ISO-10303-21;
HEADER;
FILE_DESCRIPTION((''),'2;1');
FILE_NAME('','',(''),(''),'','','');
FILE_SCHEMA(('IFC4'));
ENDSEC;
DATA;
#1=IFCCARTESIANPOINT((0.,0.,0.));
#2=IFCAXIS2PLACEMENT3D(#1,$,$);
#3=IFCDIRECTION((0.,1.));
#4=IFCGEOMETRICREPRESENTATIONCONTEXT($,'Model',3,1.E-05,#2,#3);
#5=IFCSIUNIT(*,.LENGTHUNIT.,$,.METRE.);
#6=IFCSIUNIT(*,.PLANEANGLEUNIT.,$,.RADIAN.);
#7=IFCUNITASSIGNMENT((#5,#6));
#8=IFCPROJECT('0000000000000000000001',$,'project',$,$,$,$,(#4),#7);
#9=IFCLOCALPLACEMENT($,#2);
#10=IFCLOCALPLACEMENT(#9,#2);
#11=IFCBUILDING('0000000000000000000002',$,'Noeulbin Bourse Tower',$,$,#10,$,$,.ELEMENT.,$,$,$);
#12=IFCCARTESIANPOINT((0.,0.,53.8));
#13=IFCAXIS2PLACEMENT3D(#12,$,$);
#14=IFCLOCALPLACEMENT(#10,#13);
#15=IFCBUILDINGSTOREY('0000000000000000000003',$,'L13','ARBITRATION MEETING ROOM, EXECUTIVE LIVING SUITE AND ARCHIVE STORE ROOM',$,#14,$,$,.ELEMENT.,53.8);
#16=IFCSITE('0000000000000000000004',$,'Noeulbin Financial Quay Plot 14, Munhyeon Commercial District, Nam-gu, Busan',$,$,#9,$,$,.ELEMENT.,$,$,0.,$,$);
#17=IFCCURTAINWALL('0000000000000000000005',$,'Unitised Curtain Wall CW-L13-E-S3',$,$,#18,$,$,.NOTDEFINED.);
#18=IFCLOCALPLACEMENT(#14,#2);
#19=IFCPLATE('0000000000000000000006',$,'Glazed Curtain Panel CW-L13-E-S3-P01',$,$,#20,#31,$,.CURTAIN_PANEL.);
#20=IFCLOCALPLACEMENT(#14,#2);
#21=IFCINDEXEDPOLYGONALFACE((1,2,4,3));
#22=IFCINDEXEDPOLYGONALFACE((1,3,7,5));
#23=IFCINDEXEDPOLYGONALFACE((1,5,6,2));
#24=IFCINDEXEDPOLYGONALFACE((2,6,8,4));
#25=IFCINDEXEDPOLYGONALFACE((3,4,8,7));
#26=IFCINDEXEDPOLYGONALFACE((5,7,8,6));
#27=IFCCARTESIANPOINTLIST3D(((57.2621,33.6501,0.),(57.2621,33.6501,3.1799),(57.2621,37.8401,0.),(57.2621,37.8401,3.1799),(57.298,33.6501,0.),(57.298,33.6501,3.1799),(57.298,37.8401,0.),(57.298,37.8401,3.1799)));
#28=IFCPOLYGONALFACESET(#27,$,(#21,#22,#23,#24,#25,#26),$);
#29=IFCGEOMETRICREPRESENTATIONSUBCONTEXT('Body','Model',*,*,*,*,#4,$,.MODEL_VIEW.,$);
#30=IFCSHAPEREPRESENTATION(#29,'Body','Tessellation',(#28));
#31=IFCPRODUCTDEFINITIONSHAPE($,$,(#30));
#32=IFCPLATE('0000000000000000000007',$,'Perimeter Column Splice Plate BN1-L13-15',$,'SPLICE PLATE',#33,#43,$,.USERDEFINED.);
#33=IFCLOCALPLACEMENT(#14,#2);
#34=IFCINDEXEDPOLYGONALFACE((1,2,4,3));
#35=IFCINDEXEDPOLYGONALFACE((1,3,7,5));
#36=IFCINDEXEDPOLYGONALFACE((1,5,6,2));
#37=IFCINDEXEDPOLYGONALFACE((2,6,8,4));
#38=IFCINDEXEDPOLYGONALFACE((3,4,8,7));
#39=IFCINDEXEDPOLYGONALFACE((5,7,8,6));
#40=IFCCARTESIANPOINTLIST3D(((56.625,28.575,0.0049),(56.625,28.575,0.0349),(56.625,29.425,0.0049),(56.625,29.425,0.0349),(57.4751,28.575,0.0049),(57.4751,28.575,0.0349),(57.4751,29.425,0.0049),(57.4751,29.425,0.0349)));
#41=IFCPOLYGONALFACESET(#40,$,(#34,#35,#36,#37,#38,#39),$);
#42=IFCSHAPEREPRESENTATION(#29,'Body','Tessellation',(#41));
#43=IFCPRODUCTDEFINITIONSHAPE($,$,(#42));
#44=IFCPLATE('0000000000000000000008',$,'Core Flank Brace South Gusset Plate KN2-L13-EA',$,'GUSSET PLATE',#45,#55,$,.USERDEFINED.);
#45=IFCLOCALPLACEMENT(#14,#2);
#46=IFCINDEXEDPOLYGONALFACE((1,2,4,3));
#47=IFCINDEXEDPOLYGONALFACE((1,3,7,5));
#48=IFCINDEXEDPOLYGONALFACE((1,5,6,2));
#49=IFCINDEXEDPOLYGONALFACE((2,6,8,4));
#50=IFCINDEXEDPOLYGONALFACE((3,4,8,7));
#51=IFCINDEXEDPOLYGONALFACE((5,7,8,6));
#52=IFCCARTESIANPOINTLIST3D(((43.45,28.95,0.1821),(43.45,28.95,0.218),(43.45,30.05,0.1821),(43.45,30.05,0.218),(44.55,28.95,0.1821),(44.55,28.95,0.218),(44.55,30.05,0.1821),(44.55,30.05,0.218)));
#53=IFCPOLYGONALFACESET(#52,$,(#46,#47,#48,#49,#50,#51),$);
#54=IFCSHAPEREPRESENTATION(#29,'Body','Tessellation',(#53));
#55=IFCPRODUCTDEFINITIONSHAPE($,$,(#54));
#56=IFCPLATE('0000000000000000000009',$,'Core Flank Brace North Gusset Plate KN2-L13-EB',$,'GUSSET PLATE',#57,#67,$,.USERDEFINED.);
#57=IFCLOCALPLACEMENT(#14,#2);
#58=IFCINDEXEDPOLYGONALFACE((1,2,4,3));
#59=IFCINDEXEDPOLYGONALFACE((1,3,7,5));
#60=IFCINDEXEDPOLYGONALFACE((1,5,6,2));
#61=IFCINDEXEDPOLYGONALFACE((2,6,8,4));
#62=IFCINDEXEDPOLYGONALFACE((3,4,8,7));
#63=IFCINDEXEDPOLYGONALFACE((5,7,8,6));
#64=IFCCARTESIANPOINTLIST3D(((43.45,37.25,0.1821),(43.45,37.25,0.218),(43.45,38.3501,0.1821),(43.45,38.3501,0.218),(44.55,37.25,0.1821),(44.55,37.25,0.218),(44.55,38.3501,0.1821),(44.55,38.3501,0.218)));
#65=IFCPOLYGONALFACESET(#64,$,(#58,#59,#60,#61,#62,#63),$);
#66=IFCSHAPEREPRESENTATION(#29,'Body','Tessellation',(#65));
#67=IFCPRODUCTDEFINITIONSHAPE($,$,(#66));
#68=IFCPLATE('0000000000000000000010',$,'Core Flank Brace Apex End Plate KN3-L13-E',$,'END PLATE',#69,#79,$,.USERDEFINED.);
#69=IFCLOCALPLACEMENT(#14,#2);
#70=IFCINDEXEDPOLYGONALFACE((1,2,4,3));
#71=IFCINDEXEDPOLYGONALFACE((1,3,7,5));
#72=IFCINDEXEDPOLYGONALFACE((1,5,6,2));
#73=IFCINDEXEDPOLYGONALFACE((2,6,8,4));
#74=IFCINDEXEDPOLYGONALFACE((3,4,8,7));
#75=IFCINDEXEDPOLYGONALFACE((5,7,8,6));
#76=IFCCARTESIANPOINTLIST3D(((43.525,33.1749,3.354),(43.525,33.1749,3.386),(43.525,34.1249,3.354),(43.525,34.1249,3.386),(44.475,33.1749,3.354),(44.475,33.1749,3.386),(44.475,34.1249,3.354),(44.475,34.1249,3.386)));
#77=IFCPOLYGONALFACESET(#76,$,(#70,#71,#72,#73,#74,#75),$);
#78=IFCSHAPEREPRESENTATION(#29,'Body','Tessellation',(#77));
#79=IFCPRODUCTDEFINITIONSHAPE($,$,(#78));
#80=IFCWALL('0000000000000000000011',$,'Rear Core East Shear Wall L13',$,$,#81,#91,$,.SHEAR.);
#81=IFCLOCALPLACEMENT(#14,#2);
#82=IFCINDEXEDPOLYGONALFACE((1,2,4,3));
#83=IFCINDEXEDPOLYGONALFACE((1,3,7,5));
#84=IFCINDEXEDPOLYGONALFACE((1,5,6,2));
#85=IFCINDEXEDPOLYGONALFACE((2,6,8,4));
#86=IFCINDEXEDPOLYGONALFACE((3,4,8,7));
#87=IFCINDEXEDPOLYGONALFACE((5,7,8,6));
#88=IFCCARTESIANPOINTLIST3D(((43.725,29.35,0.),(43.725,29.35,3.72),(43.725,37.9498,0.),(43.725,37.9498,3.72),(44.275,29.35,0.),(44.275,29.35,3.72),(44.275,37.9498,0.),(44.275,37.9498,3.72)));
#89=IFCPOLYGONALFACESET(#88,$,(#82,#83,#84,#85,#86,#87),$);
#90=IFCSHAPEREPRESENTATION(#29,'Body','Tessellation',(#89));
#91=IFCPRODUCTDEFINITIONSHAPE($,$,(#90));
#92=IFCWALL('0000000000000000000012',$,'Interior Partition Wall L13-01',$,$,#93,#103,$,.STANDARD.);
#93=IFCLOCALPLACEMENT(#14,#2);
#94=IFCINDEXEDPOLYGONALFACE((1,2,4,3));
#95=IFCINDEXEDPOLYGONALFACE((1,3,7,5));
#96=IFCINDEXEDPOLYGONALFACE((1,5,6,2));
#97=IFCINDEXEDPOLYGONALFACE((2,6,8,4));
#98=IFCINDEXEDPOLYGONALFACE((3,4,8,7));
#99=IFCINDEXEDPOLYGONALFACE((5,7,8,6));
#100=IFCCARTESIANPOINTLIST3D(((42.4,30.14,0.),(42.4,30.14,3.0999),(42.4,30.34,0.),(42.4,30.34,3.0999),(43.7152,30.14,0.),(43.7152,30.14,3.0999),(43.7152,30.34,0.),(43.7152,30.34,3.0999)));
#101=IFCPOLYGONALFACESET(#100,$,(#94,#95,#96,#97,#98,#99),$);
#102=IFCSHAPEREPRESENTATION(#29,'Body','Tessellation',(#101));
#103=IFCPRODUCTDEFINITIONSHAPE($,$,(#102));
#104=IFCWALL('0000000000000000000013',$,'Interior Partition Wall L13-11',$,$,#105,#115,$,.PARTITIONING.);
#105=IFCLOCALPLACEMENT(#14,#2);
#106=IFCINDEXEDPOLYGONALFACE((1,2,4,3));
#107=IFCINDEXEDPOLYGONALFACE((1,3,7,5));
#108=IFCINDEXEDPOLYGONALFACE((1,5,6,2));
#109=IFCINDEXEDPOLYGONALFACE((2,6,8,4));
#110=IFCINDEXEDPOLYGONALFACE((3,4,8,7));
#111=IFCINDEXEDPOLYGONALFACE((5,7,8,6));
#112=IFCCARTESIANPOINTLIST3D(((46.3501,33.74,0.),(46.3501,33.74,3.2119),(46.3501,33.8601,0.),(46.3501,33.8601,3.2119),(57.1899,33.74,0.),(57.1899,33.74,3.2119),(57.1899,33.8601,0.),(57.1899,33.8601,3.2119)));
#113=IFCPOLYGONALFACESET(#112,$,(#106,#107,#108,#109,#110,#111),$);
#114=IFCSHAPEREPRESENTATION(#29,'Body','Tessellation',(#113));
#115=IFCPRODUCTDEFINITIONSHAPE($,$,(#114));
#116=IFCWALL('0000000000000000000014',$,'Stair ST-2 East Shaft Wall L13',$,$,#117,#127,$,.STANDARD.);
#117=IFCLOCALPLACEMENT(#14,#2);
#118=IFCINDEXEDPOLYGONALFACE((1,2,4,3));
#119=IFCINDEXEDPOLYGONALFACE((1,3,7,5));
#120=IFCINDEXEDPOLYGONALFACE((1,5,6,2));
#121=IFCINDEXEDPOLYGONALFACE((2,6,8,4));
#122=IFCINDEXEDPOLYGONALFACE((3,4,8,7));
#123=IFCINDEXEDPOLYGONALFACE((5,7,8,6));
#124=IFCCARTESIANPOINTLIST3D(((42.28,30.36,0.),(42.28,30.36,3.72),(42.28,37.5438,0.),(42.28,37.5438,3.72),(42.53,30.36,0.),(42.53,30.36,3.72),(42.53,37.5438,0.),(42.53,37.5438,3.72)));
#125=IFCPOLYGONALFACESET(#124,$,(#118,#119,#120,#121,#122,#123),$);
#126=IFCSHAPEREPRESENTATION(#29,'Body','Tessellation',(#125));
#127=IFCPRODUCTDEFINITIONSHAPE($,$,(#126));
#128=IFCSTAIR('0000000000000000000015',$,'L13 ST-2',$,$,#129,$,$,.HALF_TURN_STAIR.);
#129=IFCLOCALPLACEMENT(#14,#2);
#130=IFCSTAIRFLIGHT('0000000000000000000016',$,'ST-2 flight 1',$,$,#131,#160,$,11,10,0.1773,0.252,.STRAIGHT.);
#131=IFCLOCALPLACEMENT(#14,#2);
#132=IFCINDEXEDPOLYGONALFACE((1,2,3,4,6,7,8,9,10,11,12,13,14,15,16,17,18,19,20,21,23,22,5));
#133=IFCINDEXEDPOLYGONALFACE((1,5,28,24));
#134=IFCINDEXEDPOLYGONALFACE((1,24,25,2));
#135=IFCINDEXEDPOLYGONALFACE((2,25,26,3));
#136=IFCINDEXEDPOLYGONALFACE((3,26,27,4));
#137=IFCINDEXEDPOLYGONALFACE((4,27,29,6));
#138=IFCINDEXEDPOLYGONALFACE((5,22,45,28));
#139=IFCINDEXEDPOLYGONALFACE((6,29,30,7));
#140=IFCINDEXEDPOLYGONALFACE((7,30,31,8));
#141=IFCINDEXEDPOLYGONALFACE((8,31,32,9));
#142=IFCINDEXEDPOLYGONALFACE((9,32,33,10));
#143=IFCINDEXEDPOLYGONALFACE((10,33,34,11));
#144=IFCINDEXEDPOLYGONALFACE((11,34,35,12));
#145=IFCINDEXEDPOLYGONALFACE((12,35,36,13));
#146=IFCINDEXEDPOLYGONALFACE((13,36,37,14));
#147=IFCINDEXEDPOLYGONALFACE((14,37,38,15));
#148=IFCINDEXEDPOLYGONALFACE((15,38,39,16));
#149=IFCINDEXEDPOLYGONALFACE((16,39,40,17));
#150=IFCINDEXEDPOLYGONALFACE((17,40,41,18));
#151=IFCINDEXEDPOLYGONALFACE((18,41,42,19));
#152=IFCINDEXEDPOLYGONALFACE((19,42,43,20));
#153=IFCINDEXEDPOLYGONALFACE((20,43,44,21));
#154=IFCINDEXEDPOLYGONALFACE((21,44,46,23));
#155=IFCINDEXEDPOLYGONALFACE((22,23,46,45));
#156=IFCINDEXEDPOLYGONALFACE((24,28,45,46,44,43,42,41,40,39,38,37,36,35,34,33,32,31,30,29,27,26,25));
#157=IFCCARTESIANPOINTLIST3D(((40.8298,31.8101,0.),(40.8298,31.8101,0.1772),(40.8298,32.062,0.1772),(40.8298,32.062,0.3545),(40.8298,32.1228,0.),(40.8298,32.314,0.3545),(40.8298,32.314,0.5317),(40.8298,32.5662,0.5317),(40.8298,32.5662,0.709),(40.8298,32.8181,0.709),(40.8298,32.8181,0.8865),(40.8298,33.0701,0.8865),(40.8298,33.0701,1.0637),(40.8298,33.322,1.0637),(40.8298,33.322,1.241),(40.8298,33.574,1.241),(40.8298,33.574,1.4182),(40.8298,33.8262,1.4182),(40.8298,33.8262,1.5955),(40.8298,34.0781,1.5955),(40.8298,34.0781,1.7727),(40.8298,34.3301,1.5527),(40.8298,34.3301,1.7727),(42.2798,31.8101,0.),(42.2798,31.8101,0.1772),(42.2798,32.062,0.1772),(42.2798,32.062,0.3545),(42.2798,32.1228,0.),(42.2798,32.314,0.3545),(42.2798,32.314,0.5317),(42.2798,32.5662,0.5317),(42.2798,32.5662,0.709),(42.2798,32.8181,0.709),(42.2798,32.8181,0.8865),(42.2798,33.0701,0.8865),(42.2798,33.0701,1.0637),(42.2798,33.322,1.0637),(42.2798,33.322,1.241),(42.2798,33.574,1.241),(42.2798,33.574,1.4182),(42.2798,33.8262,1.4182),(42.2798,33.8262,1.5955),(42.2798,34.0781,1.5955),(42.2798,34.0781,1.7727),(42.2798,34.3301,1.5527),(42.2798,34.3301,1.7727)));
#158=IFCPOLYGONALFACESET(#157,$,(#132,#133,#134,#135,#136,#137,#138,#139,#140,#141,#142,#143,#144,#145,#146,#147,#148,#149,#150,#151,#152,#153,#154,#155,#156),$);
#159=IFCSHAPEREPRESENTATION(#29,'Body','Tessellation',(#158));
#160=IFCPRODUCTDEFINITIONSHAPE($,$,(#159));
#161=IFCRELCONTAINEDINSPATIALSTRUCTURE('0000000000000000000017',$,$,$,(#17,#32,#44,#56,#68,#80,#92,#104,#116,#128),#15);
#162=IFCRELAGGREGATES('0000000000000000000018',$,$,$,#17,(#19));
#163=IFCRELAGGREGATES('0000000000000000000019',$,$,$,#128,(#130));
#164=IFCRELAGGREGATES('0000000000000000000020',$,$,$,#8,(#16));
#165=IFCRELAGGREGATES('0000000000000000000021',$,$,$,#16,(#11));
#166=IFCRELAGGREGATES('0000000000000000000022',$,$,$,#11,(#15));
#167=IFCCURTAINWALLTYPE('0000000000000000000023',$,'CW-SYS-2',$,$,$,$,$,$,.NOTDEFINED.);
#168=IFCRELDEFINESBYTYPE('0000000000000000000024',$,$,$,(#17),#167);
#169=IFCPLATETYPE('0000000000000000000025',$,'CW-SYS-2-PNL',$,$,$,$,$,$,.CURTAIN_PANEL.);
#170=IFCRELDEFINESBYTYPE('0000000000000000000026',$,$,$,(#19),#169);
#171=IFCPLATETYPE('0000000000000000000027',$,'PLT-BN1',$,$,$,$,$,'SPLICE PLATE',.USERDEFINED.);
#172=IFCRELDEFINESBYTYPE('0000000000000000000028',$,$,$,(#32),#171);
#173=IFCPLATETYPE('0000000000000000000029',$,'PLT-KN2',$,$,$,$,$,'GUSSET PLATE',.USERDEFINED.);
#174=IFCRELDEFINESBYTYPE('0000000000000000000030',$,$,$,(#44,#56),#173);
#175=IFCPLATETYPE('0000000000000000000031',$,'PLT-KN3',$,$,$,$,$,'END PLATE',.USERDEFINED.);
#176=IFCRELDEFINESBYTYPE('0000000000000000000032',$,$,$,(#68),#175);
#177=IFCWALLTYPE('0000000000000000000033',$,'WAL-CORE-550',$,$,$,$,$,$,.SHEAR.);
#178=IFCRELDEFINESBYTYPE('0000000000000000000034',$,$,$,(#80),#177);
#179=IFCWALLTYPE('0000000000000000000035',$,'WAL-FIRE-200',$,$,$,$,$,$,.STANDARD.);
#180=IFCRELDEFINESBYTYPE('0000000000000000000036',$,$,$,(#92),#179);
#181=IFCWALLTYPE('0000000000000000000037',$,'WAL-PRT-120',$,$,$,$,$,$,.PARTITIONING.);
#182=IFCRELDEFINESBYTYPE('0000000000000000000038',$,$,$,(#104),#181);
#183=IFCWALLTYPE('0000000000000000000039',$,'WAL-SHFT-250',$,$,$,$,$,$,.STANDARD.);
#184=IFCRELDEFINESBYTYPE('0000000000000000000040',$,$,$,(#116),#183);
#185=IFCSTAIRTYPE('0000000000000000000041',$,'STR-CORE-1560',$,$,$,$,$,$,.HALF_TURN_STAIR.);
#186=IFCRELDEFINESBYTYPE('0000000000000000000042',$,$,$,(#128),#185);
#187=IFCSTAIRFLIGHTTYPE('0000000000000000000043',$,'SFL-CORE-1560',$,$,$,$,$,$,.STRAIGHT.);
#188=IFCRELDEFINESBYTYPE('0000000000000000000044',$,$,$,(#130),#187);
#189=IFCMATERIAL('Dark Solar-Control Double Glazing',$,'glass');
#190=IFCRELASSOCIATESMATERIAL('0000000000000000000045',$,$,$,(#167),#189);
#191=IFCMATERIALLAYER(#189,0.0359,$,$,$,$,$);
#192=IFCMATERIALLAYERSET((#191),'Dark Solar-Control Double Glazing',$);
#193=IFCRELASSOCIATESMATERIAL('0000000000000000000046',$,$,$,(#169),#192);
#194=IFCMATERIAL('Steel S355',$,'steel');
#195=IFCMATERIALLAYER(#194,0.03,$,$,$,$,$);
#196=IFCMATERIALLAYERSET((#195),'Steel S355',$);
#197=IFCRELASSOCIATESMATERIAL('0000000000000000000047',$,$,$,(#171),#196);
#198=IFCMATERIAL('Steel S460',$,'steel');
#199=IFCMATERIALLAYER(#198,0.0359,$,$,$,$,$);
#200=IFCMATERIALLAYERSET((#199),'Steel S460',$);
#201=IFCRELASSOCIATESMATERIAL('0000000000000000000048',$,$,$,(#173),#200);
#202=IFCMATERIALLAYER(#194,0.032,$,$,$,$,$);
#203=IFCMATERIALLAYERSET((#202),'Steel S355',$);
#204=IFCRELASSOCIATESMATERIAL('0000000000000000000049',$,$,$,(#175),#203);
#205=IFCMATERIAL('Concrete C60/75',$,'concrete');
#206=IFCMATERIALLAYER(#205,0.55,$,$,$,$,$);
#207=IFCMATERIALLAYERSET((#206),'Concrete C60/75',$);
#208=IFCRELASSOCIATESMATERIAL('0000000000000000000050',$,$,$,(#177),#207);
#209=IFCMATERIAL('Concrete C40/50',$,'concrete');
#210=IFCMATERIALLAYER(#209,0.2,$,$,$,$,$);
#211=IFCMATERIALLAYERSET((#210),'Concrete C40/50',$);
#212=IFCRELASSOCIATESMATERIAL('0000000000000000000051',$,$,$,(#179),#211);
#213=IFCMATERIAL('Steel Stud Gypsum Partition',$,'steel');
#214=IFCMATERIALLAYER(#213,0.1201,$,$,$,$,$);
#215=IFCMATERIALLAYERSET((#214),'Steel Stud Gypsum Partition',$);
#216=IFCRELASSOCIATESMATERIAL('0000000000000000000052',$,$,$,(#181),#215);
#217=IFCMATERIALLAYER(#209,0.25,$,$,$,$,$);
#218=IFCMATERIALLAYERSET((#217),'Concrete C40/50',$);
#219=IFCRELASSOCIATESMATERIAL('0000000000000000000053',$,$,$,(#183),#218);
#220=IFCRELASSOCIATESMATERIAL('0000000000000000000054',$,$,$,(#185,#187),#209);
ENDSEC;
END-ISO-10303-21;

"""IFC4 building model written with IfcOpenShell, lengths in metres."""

from ifc_helpers import new_model, si_unit, direction, frame, frame_2d, origin, origin_2d, place, context, subcontext, project, spatial, polyline, rectangle, outline, extrude, material, layer, layer_set, type_object, element, aggregate, save


model = new_model("IFC4")

# Units and contexts
model_context = context("Model", 3, precision=1e-05, world=origin(), true_north=direction((0.0, 1.0)))
body_context = subcontext(model_context, "Body", "Model", "MODEL_VIEW")
ifc_project = project(units=[si_unit("LENGTHUNIT", "METRE"), si_unit("PLANEANGLEUNIT", "RADIAN")], contexts=[model_context])

# Site, building, storey
site_placement = place(None, origin())
site = spatial("IfcSite", under=ifc_project, at=site_placement, Name="Noeulbin Financial Quay Plot 14, Munhyeon Commercial District, Nam-gu, Busan", CompositionType="ELEMENT", RefElevation=0.0)
building_placement = place(site_placement, origin())
building = spatial("IfcBuilding", under=site, at=building_placement, Name="Noeulbin Bourse Tower", CompositionType="ELEMENT")
storey_placement = place(building_placement, frame((0.0, 0.0, 53.8)))
storey = spatial("IfcBuildingStorey", under=building, at=storey_placement, Name="L13", Description="ARBITRATION MEETING ROOM, EXECUTIVE LIVING SUITE AND ARCHIVE STORE ROOM", CompositionType="ELEMENT", Elevation=53.8)

# Shared definitions
ifc_material_1 = material(Name="Steel S460", Category="steel")

# Shared definitions
ifc_material_2 = material(Name="Steel S355", Category="steel")

# Curtain wall
ifc_material_3 = material(Name="Dark Solar-Control Double Glazing", Category="glass")
curtain_wall_type = type_object("IfcCurtainWallType", Name="CW-SYS-2", PredefinedType="NOTDEFINED", material=ifc_material_3)
curtain_wall_placement = place(storey_placement, origin())
curtain_wall = element("IfcCurtainWall", 1, at=curtain_wall_placement, inside=storey, type_object=curtain_wall_type, Name="Unitised Curtain Wall CW-L13-E-S3", PredefinedType="NOTDEFINED")

# Plate
ifc_layer_1 = layer(ifc_material_3, 0.0359)
ifc_layer_set_1 = layer_set([ifc_layer_1], Name="Dark Solar-Control Double Glazing")
plate_type_1 = type_object("IfcPlateType", Name="CW-SYS-2-PNL", PredefinedType="CURTAIN_PANEL", material=ifc_layer_set_1)
plate_1_placement = place(storey_placement, frame((57.28, 35.7451, 0.0), z_axis=(0.0, 0.0, 1.0), x_axis=(0.0, 1.0, 0.0)))
plate_1 = element("IfcPlate", 2, at=plate_1_placement, type_object=plate_type_1, Name="Glazed Curtain Panel CW-L13-E-S3-P01", PredefinedType="CURTAIN_PANEL", context=body_context, shape_type="SweptSolid", body=[
    extrude(rectangle(XDim=4.1899, YDim=0.0359, at=origin_2d()), origin(), (0.0, 0.0, 1.0), 3.1799),
])
aggregate(curtain_wall, [plate_1])

# Plates
ifc_layer_2 = layer(ifc_material_2, 0.03)
ifc_layer_set_2 = layer_set([ifc_layer_2], Name="Steel S355")
plate_type_2 = type_object("IfcPlateType", Name="PLT-BN1", ElementType="SPLICE PLATE", PredefinedType="USERDEFINED", material=ifc_layer_set_2)
plate_2_placement = place(storey_placement, frame((57.05, 29.0, 0.0049), z_axis=(0.0, 0.0, 1.0), x_axis=(1.0, 0.0, 0.0)))
element("IfcPlate", 3, at=plate_2_placement, inside=storey, type_object=plate_type_2, Name="Perimeter Column Splice Plate BN1-L13-15", ObjectType="SPLICE PLATE", PredefinedType="USERDEFINED", context=body_context, shape_type="SweptSolid", body=[
    extrude(rectangle(XDim=0.8501, YDim=0.8501, at=origin_2d()), origin(), (0.0, 0.0, 1.0), 0.03),
])
ifc_layer_3 = layer(ifc_material_1, 0.0359)
ifc_layer_set_3 = layer_set([ifc_layer_3], Name="Steel S460")
plate_type_3 = type_object("IfcPlateType", Name="PLT-KN2", ElementType="GUSSET PLATE", PredefinedType="USERDEFINED", material=ifc_layer_set_3)
for number, where, z_axis, x_axis, name in (
    (4, (44.0, 29.5, 0.1821), (0.0, 0.0, 1.0), (1.0, 0.0, 0.0), "Core Flank Brace South Gusset Plate KN2-L13-EA"),
    (5, (44.0, 37.8, 0.1821), (0.0, 0.0, 1.0), (1.0, 0.0, 0.0), "Core Flank Brace North Gusset Plate KN2-L13-EB"),
):
    element("IfcPlate", number, at=place(storey_placement, frame(where, z_axis=z_axis, x_axis=x_axis)), inside=storey, type_object=plate_type_3, Name=name, ObjectType="GUSSET PLATE", PredefinedType="USERDEFINED", context=body_context, shape_type="SweptSolid", body=[
        extrude(rectangle(XDim=1.1001, YDim=1.1001, at=origin_2d()), origin(), (0.0, 0.0, 1.0), 0.0359),
    ])
ifc_layer_4 = layer(ifc_material_2, 0.032)
ifc_layer_set_4 = layer_set([ifc_layer_4], Name="Steel S355")
plate_type_4 = type_object("IfcPlateType", Name="PLT-KN3", ElementType="END PLATE", PredefinedType="USERDEFINED", material=ifc_layer_set_4)
plate_3_placement = place(storey_placement, frame((44.0, 33.6499, 3.354), z_axis=(0.0, 0.0, 1.0), x_axis=(1.0, 0.0, 0.0)))
element("IfcPlate", 6, at=plate_3_placement, inside=storey, type_object=plate_type_4, Name="Core Flank Brace Apex End Plate KN3-L13-E", ObjectType="END PLATE", PredefinedType="USERDEFINED", context=body_context, shape_type="SweptSolid", body=[
    extrude(rectangle(XDim=0.95, YDim=0.95, at=origin_2d()), origin(), (0.0, 0.0, 1.0), 0.032),
])

# Walls
ifc_material_4 = material(Name="Concrete C60/75", Category="concrete")
ifc_layer_5 = layer(ifc_material_4, 0.55)
ifc_layer_set_5 = layer_set([ifc_layer_5], Name="Concrete C60/75")
wall_type_1 = type_object("IfcWallType", Name="WAL-CORE-550", PredefinedType="SHEAR", material=ifc_layer_set_5)
wall_1_placement = place(storey_placement, frame((44.0, 29.3501, 0.0), z_axis=(0.0, 0.0, 1.0), x_axis=(0.0, 1.0, 0.0)))
element("IfcWall", 7, at=wall_1_placement, inside=storey, type_object=wall_type_1, Name="Rear Core East Shear Wall L13", PredefinedType="SHEAR", context=body_context, shape_type="SweptSolid", body=[
    extrude(rectangle(XDim=8.5999, YDim=0.55, at=frame_2d((4.2998, 0.0))), origin(), (0.0, 0.0, 1.0), 3.72),
])
ifc_material_5 = material(Name="Concrete C40/50", Category="concrete")
ifc_layer_6 = layer(ifc_material_5, 0.2)
ifc_layer_set_6 = layer_set([ifc_layer_6], Name="Concrete C40/50")
wall_type_2 = type_object("IfcWallType", Name="WAL-FIRE-200", PredefinedType="STANDARD", material=ifc_layer_set_6)
wall_2_placement = place(storey_placement, frame((42.3999, 30.24, 0.0), z_axis=(0.0, 0.0, 1.0), x_axis=(1.0, 0.0, 0.0)))
element("IfcWall", 8, at=wall_2_placement, inside=storey, type_object=wall_type_2, Name="Interior Partition Wall L13-01", PredefinedType="STANDARD", context=body_context, shape_type="SweptSolid", body=[
    extrude(rectangle(XDim=1.3152, YDim=0.2, at=frame_2d((0.6577, 0.0))), origin(), (0.0, 0.0, 1.0), 3.0999),
])
ifc_material_6 = material(Name="Steel Stud Gypsum Partition", Category="steel")
ifc_layer_7 = layer(ifc_material_6, 0.1201)
ifc_layer_set_7 = layer_set([ifc_layer_7], Name="Steel Stud Gypsum Partition")
wall_type_3 = type_object("IfcWallType", Name="WAL-PRT-120", PredefinedType="PARTITIONING", material=ifc_layer_set_7)
wall_3_placement = place(storey_placement, frame((46.3501, 33.8, 0.0), z_axis=(0.0, 0.0, 1.0), x_axis=(1.0, 0.0, 0.0)))
element("IfcWall", 9, at=wall_3_placement, inside=storey, type_object=wall_type_3, Name="Interior Partition Wall L13-11", PredefinedType="PARTITIONING", context=body_context, shape_type="SweptSolid", body=[
    extrude(rectangle(XDim=10.8398, YDim=0.1201, at=frame_2d((5.4199, 0.0))), origin(), (0.0, 0.0, 1.0), 3.2119),
])
ifc_layer_8 = layer(ifc_material_5, 0.25)
ifc_layer_set_8 = layer_set([ifc_layer_8], Name="Concrete C40/50")
wall_type_4 = type_object("IfcWallType", Name="WAL-SHFT-250", PredefinedType="STANDARD", material=ifc_layer_set_8)
wall_4_placement = place(storey_placement, frame((42.405, 30.3601, 0.0), z_axis=(0.0, 0.0, 1.0), x_axis=(0.0, 1.0, 0.0)))
element("IfcWall", 10, at=wall_4_placement, inside=storey, type_object=wall_type_4, Name="Stair ST-2 East Shaft Wall L13", PredefinedType="STANDARD", context=body_context, shape_type="SweptSolid", body=[
    extrude(rectangle(XDim=7.1838, YDim=0.25, at=frame_2d((3.5918, 0.0))), origin(), (0.0, 0.0, 1.0), 3.72),
])

# Stair, stair flight
stair_type = type_object("IfcStairType", Name="STR-CORE-1560", PredefinedType="HALF_TURN_STAIR", material=ifc_material_5)
stair_placement = place(storey_placement, origin())
stair = element("IfcStair", 11, at=stair_placement, inside=storey, type_object=stair_type, Name="L13 ST-2", PredefinedType="HALF_TURN_STAIR")
stair_flight_type = type_object("IfcStairFlightType", Name="SFL-CORE-1560", PredefinedType="STRAIGHT", material=ifc_material_5)
stair_flight_placement = place(storey_placement, frame((41.5549, 31.8101, 0.0), z_axis=(0.0, 0.0, 1.0), x_axis=(0.0, 1.0, 0.0)))
stair_flight = element("IfcStairFlight", 12, at=stair_flight_placement, type_object=stair_flight_type, Name="ST-2 flight 1", NumberOfRisers=11, NumberOfTreads=10, PredefinedType="STRAIGHT", RiserHeight=0.1773, TreadLength=0.252, context=body_context, shape_type="SweptSolid", body=[
    extrude(outline(polyline([(0.0, 0.0), (0.0, 0.1772), (0.252, 0.1772), (0.252, 0.3545), (0.5039, 0.3545), (0.5039, 0.5317), (0.7561, 0.5317), (0.7561, 0.709), (1.0081, 0.709), (1.0081, 0.8865), (1.26, 0.8865), (1.26, 1.0637), (1.512, 1.0637), (1.512, 1.241), (1.7639, 1.241), (1.7639, 1.4182), (2.0161, 1.4182), (2.0161, 1.5955), (2.2681, 1.5955), (2.2681, 1.7727), (2.52, 1.7727), (2.52, 1.95), (2.52, 1.5527), (0.3127, 0.0), (0.0, 0.0)])), frame((0.0, 0.7251, 0.0), z_axis=(0.0, -1.0, 0.0), x_axis=(1.0, 0.0, 0.0)), (0.0, 0.0, 1.0), 1.45),
])
aggregate(stair, [stair_flight])

save(model, "model.ifc")
